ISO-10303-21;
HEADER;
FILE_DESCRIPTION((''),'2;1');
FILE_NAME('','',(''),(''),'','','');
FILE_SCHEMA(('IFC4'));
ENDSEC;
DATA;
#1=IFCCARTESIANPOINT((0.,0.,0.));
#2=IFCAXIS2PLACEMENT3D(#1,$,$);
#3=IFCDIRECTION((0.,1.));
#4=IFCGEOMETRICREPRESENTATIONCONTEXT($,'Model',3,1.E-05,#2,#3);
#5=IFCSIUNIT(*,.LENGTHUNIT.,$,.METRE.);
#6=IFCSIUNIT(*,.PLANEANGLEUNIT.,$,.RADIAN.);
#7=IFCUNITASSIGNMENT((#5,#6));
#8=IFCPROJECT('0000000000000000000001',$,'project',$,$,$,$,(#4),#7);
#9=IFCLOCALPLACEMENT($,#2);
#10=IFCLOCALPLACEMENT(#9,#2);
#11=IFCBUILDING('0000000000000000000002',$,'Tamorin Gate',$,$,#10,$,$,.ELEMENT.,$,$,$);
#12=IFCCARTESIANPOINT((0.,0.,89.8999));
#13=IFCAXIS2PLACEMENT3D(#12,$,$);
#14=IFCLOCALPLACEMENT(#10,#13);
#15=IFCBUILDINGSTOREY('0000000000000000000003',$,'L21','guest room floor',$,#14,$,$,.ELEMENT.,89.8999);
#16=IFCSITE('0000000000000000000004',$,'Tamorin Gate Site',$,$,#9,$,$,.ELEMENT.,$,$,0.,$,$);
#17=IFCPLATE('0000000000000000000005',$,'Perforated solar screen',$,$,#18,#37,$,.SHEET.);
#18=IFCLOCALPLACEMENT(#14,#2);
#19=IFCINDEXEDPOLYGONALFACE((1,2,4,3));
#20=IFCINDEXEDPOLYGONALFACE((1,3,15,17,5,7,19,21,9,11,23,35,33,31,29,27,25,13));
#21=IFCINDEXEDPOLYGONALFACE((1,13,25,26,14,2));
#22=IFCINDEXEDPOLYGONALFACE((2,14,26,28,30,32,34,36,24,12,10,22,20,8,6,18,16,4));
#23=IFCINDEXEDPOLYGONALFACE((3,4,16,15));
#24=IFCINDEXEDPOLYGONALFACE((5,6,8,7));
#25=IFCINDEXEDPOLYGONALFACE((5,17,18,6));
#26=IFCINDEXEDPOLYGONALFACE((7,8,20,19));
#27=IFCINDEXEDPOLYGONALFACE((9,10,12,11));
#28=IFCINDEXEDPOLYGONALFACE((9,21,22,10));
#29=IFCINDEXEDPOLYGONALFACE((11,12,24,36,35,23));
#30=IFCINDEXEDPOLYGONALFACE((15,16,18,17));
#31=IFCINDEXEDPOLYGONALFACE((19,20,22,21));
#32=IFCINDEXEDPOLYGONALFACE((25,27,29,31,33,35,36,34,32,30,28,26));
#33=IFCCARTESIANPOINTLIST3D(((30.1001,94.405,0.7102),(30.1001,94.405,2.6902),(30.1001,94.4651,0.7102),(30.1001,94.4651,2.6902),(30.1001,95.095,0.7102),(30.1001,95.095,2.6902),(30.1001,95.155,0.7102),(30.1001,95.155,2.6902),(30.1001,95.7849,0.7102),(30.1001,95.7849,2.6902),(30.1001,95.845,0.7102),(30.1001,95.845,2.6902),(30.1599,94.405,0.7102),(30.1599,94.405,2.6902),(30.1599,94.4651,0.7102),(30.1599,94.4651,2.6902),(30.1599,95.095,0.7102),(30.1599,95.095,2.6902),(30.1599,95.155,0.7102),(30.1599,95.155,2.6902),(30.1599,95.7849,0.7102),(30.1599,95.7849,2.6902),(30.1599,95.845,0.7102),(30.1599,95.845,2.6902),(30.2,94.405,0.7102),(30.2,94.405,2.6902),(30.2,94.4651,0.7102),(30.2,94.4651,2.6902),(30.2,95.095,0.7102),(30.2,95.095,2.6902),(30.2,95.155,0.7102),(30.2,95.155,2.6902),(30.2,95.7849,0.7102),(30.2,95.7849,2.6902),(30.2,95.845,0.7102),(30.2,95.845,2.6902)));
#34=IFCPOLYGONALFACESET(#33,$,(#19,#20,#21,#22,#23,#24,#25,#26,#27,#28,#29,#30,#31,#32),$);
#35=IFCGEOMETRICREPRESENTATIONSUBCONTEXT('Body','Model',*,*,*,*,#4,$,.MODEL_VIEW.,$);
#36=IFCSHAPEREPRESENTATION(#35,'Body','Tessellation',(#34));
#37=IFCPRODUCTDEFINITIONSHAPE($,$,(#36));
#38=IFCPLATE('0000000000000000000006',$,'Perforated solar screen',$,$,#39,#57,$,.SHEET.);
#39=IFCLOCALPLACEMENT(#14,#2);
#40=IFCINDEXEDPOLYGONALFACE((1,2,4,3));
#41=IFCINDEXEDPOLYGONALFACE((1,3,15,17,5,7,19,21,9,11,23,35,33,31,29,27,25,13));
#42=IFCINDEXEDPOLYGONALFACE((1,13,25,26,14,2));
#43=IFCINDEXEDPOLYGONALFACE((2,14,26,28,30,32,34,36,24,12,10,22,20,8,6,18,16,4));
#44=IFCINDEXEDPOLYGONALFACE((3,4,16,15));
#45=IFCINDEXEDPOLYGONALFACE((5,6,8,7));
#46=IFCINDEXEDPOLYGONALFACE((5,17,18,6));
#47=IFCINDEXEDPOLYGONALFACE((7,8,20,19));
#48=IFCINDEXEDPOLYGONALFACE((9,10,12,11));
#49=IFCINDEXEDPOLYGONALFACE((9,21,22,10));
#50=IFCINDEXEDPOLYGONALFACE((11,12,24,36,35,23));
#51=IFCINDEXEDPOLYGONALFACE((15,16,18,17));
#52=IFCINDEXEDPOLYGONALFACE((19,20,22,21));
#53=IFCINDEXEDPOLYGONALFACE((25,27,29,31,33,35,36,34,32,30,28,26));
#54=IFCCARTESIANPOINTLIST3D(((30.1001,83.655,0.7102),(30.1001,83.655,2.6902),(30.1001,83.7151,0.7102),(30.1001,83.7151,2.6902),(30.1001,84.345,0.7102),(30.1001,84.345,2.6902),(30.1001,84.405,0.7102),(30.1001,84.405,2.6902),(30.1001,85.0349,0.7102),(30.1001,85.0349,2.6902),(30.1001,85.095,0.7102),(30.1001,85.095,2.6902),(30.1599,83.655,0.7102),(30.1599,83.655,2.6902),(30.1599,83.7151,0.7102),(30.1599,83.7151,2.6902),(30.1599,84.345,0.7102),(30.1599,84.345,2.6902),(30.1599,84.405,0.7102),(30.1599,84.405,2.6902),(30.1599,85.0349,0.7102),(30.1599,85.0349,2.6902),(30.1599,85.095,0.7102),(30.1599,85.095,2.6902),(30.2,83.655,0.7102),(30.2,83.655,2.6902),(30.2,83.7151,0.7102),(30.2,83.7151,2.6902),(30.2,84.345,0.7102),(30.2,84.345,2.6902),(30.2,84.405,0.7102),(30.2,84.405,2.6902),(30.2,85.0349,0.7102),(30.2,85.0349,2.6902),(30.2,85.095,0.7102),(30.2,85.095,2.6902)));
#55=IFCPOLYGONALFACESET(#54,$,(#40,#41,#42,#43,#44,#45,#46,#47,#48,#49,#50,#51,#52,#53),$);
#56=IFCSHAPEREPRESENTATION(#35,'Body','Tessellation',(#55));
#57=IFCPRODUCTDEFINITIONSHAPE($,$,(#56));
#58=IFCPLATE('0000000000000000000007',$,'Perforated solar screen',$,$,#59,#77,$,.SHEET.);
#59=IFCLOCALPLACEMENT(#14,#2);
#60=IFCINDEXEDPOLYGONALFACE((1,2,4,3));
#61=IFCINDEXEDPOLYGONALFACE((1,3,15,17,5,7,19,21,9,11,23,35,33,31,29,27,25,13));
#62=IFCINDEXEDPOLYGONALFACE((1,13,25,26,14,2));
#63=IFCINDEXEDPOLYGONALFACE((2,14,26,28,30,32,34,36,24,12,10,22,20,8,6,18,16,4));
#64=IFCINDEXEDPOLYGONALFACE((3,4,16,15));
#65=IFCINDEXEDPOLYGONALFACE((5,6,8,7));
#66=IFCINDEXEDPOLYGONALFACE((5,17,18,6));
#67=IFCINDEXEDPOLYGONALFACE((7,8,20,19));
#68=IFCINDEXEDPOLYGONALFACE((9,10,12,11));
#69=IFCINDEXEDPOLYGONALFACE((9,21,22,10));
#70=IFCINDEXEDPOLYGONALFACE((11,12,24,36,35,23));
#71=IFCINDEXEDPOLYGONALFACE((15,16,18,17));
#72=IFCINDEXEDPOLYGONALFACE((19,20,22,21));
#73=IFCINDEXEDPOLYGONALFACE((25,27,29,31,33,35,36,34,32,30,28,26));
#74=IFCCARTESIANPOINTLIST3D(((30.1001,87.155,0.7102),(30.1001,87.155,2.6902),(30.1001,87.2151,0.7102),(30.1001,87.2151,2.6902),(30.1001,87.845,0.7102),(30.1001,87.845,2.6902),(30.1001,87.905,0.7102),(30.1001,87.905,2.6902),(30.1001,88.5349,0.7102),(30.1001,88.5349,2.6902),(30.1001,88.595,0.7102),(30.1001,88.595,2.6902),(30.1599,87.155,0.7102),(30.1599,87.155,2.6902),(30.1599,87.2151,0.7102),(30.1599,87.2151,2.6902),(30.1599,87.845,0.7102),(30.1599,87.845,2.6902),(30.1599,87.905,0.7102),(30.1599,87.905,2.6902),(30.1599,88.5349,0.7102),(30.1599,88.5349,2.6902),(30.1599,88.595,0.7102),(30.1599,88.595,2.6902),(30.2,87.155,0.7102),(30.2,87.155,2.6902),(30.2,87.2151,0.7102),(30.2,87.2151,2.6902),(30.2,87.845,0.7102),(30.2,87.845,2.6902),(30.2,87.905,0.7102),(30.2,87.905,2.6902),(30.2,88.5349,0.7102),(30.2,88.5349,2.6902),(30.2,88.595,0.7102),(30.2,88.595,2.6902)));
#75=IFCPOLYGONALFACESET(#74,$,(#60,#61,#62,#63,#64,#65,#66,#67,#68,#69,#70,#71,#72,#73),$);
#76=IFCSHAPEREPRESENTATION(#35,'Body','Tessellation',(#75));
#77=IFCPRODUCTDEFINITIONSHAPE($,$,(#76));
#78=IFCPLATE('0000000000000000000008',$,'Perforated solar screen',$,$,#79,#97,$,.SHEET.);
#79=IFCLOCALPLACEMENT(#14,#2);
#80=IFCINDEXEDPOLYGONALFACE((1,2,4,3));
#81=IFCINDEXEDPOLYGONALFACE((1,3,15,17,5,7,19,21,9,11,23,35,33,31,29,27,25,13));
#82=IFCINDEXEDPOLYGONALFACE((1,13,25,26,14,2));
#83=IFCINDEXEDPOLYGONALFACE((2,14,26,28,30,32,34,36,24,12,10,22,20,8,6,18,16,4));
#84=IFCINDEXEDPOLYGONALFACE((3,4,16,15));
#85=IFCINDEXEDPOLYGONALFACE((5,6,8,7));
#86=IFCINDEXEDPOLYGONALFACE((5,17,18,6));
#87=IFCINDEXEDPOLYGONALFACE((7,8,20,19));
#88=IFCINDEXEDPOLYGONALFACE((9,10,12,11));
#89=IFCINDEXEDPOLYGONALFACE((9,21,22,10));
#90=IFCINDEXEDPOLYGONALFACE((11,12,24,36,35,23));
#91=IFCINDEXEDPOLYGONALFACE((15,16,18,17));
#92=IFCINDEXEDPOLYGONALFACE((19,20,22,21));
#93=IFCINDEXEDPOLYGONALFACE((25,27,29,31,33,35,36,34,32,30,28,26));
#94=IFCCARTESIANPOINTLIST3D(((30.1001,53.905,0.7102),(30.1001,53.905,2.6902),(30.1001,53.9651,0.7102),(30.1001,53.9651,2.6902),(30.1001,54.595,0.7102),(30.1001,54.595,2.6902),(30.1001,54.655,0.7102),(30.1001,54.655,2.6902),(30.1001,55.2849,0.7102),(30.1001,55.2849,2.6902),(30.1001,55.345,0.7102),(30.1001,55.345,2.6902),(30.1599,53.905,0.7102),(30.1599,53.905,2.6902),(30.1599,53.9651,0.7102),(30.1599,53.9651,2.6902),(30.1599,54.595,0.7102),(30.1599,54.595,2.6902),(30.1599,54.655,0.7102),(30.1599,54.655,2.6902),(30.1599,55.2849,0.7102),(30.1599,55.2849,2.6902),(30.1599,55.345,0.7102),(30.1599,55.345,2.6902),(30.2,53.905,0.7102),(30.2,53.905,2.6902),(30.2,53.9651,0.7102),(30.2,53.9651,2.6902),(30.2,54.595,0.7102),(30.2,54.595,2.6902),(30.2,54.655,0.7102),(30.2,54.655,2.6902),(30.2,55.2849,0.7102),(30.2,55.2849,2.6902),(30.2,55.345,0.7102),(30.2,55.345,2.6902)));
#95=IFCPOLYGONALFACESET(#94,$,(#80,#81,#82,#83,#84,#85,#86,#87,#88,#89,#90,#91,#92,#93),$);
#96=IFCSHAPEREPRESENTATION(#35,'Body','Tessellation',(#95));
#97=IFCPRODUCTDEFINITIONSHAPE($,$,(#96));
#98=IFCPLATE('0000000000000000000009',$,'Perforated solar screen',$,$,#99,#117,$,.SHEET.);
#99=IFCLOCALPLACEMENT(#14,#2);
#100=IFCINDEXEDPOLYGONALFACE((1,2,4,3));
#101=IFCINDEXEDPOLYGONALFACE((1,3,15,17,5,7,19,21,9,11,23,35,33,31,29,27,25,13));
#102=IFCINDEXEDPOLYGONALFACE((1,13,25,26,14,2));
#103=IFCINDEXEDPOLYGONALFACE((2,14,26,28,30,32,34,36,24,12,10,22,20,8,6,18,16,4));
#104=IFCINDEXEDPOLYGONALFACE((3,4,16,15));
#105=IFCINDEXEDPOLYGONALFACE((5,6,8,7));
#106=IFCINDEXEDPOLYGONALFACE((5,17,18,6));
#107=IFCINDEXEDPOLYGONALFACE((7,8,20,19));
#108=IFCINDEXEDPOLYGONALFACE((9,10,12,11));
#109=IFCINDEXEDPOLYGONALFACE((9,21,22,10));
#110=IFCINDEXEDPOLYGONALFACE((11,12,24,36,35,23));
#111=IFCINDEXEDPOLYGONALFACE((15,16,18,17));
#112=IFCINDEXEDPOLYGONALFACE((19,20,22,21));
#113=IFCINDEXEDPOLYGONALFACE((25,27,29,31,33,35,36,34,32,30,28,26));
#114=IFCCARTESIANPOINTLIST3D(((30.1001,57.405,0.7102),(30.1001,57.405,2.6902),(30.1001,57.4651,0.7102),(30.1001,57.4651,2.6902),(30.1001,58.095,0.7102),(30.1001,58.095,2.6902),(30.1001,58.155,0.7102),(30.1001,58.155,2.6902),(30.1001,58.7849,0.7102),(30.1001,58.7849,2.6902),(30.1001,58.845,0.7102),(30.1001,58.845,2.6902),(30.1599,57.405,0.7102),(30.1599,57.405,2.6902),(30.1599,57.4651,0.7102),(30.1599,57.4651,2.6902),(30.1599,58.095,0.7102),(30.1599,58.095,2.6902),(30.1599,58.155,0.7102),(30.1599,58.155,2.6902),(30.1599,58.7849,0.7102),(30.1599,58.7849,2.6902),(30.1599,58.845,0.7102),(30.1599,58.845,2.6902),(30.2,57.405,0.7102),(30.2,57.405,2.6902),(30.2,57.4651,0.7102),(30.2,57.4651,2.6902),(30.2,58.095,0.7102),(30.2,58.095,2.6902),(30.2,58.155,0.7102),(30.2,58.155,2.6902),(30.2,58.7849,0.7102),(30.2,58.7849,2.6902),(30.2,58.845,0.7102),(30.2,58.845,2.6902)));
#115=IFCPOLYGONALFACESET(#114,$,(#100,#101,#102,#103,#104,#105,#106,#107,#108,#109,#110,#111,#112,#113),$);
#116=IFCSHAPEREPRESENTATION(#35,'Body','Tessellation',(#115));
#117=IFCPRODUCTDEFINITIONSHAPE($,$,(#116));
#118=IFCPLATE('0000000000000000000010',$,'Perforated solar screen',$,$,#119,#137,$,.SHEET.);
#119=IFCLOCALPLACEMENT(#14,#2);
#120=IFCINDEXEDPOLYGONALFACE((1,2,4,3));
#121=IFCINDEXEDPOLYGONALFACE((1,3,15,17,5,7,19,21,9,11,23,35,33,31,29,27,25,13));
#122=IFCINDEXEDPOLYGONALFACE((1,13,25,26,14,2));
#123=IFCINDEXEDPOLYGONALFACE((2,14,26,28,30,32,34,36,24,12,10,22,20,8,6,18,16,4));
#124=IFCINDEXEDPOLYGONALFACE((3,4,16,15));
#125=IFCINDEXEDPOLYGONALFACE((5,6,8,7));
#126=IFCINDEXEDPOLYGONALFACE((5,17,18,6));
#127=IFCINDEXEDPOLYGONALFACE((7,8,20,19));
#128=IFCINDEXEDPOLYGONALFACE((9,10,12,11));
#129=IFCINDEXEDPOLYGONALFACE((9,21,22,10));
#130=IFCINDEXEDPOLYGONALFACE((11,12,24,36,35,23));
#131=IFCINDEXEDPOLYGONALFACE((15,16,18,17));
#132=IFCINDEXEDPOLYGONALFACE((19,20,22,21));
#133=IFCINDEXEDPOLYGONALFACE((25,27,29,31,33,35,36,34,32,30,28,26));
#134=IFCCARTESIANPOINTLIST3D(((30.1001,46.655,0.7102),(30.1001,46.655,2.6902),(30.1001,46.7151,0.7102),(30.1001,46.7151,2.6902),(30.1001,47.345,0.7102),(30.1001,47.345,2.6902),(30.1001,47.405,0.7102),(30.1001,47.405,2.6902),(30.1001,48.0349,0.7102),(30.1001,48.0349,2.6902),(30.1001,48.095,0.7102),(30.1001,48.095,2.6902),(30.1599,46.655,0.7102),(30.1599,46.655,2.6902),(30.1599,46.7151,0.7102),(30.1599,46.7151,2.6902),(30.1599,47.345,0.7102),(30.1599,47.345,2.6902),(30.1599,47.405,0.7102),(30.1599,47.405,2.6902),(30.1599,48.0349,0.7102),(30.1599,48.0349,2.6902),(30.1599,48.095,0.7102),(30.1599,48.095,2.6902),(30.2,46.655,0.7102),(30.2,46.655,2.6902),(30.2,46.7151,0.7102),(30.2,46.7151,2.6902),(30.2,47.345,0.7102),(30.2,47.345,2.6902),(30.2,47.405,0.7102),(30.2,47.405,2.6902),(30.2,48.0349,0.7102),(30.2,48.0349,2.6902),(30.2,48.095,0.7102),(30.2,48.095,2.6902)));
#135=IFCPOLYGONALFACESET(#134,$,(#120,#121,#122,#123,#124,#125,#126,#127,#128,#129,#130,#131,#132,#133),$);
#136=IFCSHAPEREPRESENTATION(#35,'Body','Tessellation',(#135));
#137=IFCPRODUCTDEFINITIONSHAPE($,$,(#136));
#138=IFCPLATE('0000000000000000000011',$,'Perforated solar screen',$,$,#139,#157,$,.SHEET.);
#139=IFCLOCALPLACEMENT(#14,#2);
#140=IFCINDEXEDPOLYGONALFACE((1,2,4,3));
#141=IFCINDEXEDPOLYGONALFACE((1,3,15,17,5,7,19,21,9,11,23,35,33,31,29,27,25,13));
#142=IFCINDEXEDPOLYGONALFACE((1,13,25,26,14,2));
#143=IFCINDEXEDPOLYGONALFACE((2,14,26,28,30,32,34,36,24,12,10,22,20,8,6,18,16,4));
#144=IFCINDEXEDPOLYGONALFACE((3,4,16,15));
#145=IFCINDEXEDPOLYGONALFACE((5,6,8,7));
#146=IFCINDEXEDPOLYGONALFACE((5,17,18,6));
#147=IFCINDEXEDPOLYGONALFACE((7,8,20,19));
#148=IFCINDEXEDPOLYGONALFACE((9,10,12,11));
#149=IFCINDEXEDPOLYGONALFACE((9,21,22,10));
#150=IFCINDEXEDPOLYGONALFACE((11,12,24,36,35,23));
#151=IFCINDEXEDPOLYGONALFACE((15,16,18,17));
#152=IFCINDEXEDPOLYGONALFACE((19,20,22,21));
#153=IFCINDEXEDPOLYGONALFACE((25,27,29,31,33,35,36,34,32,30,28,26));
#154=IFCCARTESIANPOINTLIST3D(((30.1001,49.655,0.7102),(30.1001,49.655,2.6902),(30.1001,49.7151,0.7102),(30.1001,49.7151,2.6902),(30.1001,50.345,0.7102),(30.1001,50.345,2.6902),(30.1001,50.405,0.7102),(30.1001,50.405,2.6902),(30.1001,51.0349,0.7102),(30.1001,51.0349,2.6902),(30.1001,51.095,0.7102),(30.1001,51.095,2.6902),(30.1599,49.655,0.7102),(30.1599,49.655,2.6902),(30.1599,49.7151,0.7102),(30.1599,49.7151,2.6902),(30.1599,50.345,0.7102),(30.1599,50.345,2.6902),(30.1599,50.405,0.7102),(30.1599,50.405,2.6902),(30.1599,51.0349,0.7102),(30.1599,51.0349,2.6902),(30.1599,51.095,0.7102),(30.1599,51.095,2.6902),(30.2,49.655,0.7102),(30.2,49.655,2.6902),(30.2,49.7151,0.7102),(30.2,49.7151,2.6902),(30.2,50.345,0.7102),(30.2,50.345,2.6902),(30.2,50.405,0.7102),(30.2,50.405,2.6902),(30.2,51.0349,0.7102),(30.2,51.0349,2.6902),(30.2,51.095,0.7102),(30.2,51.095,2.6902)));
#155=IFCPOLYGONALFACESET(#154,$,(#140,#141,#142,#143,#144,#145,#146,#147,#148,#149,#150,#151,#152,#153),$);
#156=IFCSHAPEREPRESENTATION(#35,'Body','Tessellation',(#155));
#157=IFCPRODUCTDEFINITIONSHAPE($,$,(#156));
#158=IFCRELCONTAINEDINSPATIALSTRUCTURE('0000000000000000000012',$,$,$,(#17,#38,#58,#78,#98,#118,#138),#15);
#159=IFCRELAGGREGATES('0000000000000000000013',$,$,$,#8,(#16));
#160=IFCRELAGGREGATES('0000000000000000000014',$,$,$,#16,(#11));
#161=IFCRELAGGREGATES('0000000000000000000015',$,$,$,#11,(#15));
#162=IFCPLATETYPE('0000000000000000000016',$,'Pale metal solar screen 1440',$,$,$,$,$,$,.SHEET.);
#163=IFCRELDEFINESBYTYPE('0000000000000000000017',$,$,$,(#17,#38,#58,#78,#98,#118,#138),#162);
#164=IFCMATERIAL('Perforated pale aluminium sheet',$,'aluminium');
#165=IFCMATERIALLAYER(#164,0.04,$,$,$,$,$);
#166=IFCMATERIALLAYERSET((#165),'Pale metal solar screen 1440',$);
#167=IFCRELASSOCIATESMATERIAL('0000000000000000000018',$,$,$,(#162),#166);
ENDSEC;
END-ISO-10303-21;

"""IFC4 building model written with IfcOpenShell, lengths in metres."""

from ifc_helpers import new_model, si_unit, direction, frame, origin, place, context, subcontext, project, spatial, polyline, outline, extrude, material, layer, layer_set, type_object, element, save


model = new_model("IFC4")

# Units and contexts
model_context = context("Model", 3, precision=1e-05, world=origin(), true_north=direction((0.0, 1.0)))
body_context = subcontext(model_context, "Body", "Model", "MODEL_VIEW")
ifc_project = project(units=[si_unit("LENGTHUNIT", "METRE"), si_unit("PLANEANGLEUNIT", "RADIAN")], contexts=[model_context])

# Site, building, storey
site_placement = place(None, origin())
site = spatial("IfcSite", under=ifc_project, at=site_placement, Name="Tamorin Gate Site", CompositionType="ELEMENT", RefElevation=0.0)
building_placement = place(site_placement, origin())
building = spatial("IfcBuilding", under=site, at=building_placement, Name="Tamorin Gate", CompositionType="ELEMENT")
storey_placement = place(building_placement, frame((0.0, 0.0, 89.8999)))
storey = spatial("IfcBuildingStorey", under=building, at=storey_placement, Name="L21", Description="guest room floor", CompositionType="ELEMENT", Elevation=89.8999)

# Plates
ifc_material_1 = material(Name="Perforated pale aluminium sheet", Category="aluminium")
ifc_layer_1 = layer(ifc_material_1, 0.04)
ifc_layer_set_1 = layer_set([ifc_layer_1], Name="Pale metal solar screen 1440")
plate_type = type_object("IfcPlateType", Name="Pale metal solar screen 1440", PredefinedType="SHEET", material=ifc_layer_set_1)
plate_1_placement = place(storey_placement, frame((0.0, 0.0, 0.7102)))
element("IfcPlate", 1, at=plate_1_placement, inside=storey, type_object=plate_type, Name="Perforated solar screen", PredefinedType="SHEET", context=body_context, shape_type="SweptSolid", body=[
    extrude(outline(polyline([(30.1599, 95.845), (30.2, 95.845), (30.2, 95.7849), (30.2, 95.155), (30.2, 95.095), (30.2, 94.4651), (30.2, 94.405), (30.2, 94.405), (30.1599, 94.405), (30.1599, 94.405), (30.1001, 94.405), (30.1001, 94.4651), (30.1599, 94.4651), (30.1599, 95.095), (30.1001, 95.095), (30.1001, 95.155), (30.1599, 95.155), (30.1599, 95.7849), (30.1001, 95.7849), (30.1001, 95.845), (30.1599, 95.845)])), origin(), (0.0, 0.0, 1.0), 1.98),
])
plate_2_placement = place(storey_placement, frame((0.0, 0.0, 0.7102)))
element("IfcPlate", 2, at=plate_2_placement, inside=storey, type_object=plate_type, Name="Perforated solar screen", PredefinedType="SHEET", context=body_context, shape_type="SweptSolid", body=[
    extrude(outline(polyline([(30.1599, 85.095), (30.2, 85.095), (30.2, 85.0349), (30.2, 84.405), (30.2, 84.345), (30.2, 83.7151), (30.2, 83.655), (30.1599, 83.655), (30.1001, 83.655), (30.1001, 83.7151), (30.1599, 83.7151), (30.1599, 84.345), (30.1001, 84.345), (30.1001, 84.405), (30.1599, 84.405), (30.1599, 85.0349), (30.1001, 85.0349), (30.1001, 85.095), (30.1599, 85.095)])), origin(), (0.0, 0.0, 1.0), 1.98),
])
plate_3_placement = place(storey_placement, frame((0.0, 0.0, 0.7102)))
element("IfcPlate", 3, at=plate_3_placement, inside=storey, type_object=plate_type, Name="Perforated solar screen", PredefinedType="SHEET", context=body_context, shape_type="SweptSolid", body=[
    extrude(outline(polyline([(30.1599, 88.595), (30.2, 88.595), (30.2, 88.5349), (30.2, 87.905), (30.2, 87.845), (30.2, 87.2151), (30.2, 87.155), (30.1599, 87.155), (30.1001, 87.155), (30.1001, 87.2151), (30.1599, 87.2151), (30.1599, 87.845), (30.1001, 87.845), (30.1001, 87.905), (30.1599, 87.905), (30.1599, 88.5349), (30.1001, 88.5349), (30.1001, 88.595), (30.1599, 88.595)])), origin(), (0.0, 0.0, 1.0), 1.98),
])
plate_4_placement = place(storey_placement, frame((0.0, 0.0, 0.7102)))
element("IfcPlate", 4, at=plate_4_placement, inside=storey, type_object=plate_type, Name="Perforated solar screen", PredefinedType="SHEET", context=body_context, shape_type="SweptSolid", body=[
    extrude(outline(polyline([(30.1599, 55.345), (30.2, 55.345), (30.2, 55.2849), (30.2, 54.655), (30.2, 54.595), (30.2, 53.9651), (30.2, 53.905), (30.1599, 53.905), (30.1001, 53.905), (30.1001, 53.9651), (30.1599, 53.9651), (30.1599, 54.595), (30.1001, 54.595), (30.1001, 54.655), (30.1599, 54.655), (30.1599, 55.2849), (30.1001, 55.2849), (30.1001, 55.345), (30.1599, 55.345)])), origin(), (0.0, 0.0, 1.0), 1.98),
])
plate_5_placement = place(storey_placement, frame((0.0, 0.0, 0.7102)))
element("IfcPlate", 5, at=plate_5_placement, inside=storey, type_object=plate_type, Name="Perforated solar screen", PredefinedType="SHEET", context=body_context, shape_type="SweptSolid", body=[
    extrude(outline(polyline([(30.1599, 58.845), (30.2, 58.845), (30.2, 58.7849), (30.2, 58.155), (30.2, 58.095), (30.2, 57.4651), (30.2, 57.405), (30.1599, 57.405), (30.1001, 57.405), (30.1001, 57.4651), (30.1599, 57.4651), (30.1599, 58.095), (30.1001, 58.095), (30.1001, 58.155), (30.1599, 58.155), (30.1599, 58.7849), (30.1001, 58.7849), (30.1001, 58.845), (30.1599, 58.845)])), origin(), (0.0, 0.0, 1.0), 1.98),
])
plate_6_placement = place(storey_placement, frame((0.0, 0.0, 0.7102)))
element("IfcPlate", 6, at=plate_6_placement, inside=storey, type_object=plate_type, Name="Perforated solar screen", PredefinedType="SHEET", context=body_context, shape_type="SweptSolid", body=[
    extrude(outline(polyline([(30.1599, 48.095), (30.2, 48.095), (30.2, 48.0349), (30.2, 47.405), (30.2, 47.345), (30.2, 46.7151), (30.2, 46.655), (30.1599, 46.655), (30.1001, 46.655), (30.1001, 46.7151), (30.1599, 46.7151), (30.1599, 47.345), (30.1001, 47.345), (30.1001, 47.405), (30.1599, 47.405), (30.1599, 48.0349), (30.1001, 48.0349), (30.1001, 48.095), (30.1599, 48.095)])), origin(), (0.0, 0.0, 1.0), 1.98),
])
plate_7_placement = place(storey_placement, frame((0.0, 0.0, 0.7102)))
element("IfcPlate", 7, at=plate_7_placement, inside=storey, type_object=plate_type, Name="Perforated solar screen", PredefinedType="SHEET", context=body_context, shape_type="SweptSolid", body=[
    extrude(outline(polyline([(30.1599, 51.095), (30.2, 51.095), (30.2, 51.0349), (30.2, 50.405), (30.2, 50.345), (30.2, 49.7151), (30.2, 49.655), (30.1599, 49.655), (30.1001, 49.655), (30.1001, 49.7151), (30.1599, 49.7151), (30.1599, 50.345), (30.1001, 50.345), (30.1001, 50.405), (30.1599, 50.405), (30.1599, 51.0349), (30.1001, 51.0349), (30.1001, 51.095), (30.1599, 51.095)])), origin(), (0.0, 0.0, 1.0), 1.98),
])

save(model, "model.ifc")
